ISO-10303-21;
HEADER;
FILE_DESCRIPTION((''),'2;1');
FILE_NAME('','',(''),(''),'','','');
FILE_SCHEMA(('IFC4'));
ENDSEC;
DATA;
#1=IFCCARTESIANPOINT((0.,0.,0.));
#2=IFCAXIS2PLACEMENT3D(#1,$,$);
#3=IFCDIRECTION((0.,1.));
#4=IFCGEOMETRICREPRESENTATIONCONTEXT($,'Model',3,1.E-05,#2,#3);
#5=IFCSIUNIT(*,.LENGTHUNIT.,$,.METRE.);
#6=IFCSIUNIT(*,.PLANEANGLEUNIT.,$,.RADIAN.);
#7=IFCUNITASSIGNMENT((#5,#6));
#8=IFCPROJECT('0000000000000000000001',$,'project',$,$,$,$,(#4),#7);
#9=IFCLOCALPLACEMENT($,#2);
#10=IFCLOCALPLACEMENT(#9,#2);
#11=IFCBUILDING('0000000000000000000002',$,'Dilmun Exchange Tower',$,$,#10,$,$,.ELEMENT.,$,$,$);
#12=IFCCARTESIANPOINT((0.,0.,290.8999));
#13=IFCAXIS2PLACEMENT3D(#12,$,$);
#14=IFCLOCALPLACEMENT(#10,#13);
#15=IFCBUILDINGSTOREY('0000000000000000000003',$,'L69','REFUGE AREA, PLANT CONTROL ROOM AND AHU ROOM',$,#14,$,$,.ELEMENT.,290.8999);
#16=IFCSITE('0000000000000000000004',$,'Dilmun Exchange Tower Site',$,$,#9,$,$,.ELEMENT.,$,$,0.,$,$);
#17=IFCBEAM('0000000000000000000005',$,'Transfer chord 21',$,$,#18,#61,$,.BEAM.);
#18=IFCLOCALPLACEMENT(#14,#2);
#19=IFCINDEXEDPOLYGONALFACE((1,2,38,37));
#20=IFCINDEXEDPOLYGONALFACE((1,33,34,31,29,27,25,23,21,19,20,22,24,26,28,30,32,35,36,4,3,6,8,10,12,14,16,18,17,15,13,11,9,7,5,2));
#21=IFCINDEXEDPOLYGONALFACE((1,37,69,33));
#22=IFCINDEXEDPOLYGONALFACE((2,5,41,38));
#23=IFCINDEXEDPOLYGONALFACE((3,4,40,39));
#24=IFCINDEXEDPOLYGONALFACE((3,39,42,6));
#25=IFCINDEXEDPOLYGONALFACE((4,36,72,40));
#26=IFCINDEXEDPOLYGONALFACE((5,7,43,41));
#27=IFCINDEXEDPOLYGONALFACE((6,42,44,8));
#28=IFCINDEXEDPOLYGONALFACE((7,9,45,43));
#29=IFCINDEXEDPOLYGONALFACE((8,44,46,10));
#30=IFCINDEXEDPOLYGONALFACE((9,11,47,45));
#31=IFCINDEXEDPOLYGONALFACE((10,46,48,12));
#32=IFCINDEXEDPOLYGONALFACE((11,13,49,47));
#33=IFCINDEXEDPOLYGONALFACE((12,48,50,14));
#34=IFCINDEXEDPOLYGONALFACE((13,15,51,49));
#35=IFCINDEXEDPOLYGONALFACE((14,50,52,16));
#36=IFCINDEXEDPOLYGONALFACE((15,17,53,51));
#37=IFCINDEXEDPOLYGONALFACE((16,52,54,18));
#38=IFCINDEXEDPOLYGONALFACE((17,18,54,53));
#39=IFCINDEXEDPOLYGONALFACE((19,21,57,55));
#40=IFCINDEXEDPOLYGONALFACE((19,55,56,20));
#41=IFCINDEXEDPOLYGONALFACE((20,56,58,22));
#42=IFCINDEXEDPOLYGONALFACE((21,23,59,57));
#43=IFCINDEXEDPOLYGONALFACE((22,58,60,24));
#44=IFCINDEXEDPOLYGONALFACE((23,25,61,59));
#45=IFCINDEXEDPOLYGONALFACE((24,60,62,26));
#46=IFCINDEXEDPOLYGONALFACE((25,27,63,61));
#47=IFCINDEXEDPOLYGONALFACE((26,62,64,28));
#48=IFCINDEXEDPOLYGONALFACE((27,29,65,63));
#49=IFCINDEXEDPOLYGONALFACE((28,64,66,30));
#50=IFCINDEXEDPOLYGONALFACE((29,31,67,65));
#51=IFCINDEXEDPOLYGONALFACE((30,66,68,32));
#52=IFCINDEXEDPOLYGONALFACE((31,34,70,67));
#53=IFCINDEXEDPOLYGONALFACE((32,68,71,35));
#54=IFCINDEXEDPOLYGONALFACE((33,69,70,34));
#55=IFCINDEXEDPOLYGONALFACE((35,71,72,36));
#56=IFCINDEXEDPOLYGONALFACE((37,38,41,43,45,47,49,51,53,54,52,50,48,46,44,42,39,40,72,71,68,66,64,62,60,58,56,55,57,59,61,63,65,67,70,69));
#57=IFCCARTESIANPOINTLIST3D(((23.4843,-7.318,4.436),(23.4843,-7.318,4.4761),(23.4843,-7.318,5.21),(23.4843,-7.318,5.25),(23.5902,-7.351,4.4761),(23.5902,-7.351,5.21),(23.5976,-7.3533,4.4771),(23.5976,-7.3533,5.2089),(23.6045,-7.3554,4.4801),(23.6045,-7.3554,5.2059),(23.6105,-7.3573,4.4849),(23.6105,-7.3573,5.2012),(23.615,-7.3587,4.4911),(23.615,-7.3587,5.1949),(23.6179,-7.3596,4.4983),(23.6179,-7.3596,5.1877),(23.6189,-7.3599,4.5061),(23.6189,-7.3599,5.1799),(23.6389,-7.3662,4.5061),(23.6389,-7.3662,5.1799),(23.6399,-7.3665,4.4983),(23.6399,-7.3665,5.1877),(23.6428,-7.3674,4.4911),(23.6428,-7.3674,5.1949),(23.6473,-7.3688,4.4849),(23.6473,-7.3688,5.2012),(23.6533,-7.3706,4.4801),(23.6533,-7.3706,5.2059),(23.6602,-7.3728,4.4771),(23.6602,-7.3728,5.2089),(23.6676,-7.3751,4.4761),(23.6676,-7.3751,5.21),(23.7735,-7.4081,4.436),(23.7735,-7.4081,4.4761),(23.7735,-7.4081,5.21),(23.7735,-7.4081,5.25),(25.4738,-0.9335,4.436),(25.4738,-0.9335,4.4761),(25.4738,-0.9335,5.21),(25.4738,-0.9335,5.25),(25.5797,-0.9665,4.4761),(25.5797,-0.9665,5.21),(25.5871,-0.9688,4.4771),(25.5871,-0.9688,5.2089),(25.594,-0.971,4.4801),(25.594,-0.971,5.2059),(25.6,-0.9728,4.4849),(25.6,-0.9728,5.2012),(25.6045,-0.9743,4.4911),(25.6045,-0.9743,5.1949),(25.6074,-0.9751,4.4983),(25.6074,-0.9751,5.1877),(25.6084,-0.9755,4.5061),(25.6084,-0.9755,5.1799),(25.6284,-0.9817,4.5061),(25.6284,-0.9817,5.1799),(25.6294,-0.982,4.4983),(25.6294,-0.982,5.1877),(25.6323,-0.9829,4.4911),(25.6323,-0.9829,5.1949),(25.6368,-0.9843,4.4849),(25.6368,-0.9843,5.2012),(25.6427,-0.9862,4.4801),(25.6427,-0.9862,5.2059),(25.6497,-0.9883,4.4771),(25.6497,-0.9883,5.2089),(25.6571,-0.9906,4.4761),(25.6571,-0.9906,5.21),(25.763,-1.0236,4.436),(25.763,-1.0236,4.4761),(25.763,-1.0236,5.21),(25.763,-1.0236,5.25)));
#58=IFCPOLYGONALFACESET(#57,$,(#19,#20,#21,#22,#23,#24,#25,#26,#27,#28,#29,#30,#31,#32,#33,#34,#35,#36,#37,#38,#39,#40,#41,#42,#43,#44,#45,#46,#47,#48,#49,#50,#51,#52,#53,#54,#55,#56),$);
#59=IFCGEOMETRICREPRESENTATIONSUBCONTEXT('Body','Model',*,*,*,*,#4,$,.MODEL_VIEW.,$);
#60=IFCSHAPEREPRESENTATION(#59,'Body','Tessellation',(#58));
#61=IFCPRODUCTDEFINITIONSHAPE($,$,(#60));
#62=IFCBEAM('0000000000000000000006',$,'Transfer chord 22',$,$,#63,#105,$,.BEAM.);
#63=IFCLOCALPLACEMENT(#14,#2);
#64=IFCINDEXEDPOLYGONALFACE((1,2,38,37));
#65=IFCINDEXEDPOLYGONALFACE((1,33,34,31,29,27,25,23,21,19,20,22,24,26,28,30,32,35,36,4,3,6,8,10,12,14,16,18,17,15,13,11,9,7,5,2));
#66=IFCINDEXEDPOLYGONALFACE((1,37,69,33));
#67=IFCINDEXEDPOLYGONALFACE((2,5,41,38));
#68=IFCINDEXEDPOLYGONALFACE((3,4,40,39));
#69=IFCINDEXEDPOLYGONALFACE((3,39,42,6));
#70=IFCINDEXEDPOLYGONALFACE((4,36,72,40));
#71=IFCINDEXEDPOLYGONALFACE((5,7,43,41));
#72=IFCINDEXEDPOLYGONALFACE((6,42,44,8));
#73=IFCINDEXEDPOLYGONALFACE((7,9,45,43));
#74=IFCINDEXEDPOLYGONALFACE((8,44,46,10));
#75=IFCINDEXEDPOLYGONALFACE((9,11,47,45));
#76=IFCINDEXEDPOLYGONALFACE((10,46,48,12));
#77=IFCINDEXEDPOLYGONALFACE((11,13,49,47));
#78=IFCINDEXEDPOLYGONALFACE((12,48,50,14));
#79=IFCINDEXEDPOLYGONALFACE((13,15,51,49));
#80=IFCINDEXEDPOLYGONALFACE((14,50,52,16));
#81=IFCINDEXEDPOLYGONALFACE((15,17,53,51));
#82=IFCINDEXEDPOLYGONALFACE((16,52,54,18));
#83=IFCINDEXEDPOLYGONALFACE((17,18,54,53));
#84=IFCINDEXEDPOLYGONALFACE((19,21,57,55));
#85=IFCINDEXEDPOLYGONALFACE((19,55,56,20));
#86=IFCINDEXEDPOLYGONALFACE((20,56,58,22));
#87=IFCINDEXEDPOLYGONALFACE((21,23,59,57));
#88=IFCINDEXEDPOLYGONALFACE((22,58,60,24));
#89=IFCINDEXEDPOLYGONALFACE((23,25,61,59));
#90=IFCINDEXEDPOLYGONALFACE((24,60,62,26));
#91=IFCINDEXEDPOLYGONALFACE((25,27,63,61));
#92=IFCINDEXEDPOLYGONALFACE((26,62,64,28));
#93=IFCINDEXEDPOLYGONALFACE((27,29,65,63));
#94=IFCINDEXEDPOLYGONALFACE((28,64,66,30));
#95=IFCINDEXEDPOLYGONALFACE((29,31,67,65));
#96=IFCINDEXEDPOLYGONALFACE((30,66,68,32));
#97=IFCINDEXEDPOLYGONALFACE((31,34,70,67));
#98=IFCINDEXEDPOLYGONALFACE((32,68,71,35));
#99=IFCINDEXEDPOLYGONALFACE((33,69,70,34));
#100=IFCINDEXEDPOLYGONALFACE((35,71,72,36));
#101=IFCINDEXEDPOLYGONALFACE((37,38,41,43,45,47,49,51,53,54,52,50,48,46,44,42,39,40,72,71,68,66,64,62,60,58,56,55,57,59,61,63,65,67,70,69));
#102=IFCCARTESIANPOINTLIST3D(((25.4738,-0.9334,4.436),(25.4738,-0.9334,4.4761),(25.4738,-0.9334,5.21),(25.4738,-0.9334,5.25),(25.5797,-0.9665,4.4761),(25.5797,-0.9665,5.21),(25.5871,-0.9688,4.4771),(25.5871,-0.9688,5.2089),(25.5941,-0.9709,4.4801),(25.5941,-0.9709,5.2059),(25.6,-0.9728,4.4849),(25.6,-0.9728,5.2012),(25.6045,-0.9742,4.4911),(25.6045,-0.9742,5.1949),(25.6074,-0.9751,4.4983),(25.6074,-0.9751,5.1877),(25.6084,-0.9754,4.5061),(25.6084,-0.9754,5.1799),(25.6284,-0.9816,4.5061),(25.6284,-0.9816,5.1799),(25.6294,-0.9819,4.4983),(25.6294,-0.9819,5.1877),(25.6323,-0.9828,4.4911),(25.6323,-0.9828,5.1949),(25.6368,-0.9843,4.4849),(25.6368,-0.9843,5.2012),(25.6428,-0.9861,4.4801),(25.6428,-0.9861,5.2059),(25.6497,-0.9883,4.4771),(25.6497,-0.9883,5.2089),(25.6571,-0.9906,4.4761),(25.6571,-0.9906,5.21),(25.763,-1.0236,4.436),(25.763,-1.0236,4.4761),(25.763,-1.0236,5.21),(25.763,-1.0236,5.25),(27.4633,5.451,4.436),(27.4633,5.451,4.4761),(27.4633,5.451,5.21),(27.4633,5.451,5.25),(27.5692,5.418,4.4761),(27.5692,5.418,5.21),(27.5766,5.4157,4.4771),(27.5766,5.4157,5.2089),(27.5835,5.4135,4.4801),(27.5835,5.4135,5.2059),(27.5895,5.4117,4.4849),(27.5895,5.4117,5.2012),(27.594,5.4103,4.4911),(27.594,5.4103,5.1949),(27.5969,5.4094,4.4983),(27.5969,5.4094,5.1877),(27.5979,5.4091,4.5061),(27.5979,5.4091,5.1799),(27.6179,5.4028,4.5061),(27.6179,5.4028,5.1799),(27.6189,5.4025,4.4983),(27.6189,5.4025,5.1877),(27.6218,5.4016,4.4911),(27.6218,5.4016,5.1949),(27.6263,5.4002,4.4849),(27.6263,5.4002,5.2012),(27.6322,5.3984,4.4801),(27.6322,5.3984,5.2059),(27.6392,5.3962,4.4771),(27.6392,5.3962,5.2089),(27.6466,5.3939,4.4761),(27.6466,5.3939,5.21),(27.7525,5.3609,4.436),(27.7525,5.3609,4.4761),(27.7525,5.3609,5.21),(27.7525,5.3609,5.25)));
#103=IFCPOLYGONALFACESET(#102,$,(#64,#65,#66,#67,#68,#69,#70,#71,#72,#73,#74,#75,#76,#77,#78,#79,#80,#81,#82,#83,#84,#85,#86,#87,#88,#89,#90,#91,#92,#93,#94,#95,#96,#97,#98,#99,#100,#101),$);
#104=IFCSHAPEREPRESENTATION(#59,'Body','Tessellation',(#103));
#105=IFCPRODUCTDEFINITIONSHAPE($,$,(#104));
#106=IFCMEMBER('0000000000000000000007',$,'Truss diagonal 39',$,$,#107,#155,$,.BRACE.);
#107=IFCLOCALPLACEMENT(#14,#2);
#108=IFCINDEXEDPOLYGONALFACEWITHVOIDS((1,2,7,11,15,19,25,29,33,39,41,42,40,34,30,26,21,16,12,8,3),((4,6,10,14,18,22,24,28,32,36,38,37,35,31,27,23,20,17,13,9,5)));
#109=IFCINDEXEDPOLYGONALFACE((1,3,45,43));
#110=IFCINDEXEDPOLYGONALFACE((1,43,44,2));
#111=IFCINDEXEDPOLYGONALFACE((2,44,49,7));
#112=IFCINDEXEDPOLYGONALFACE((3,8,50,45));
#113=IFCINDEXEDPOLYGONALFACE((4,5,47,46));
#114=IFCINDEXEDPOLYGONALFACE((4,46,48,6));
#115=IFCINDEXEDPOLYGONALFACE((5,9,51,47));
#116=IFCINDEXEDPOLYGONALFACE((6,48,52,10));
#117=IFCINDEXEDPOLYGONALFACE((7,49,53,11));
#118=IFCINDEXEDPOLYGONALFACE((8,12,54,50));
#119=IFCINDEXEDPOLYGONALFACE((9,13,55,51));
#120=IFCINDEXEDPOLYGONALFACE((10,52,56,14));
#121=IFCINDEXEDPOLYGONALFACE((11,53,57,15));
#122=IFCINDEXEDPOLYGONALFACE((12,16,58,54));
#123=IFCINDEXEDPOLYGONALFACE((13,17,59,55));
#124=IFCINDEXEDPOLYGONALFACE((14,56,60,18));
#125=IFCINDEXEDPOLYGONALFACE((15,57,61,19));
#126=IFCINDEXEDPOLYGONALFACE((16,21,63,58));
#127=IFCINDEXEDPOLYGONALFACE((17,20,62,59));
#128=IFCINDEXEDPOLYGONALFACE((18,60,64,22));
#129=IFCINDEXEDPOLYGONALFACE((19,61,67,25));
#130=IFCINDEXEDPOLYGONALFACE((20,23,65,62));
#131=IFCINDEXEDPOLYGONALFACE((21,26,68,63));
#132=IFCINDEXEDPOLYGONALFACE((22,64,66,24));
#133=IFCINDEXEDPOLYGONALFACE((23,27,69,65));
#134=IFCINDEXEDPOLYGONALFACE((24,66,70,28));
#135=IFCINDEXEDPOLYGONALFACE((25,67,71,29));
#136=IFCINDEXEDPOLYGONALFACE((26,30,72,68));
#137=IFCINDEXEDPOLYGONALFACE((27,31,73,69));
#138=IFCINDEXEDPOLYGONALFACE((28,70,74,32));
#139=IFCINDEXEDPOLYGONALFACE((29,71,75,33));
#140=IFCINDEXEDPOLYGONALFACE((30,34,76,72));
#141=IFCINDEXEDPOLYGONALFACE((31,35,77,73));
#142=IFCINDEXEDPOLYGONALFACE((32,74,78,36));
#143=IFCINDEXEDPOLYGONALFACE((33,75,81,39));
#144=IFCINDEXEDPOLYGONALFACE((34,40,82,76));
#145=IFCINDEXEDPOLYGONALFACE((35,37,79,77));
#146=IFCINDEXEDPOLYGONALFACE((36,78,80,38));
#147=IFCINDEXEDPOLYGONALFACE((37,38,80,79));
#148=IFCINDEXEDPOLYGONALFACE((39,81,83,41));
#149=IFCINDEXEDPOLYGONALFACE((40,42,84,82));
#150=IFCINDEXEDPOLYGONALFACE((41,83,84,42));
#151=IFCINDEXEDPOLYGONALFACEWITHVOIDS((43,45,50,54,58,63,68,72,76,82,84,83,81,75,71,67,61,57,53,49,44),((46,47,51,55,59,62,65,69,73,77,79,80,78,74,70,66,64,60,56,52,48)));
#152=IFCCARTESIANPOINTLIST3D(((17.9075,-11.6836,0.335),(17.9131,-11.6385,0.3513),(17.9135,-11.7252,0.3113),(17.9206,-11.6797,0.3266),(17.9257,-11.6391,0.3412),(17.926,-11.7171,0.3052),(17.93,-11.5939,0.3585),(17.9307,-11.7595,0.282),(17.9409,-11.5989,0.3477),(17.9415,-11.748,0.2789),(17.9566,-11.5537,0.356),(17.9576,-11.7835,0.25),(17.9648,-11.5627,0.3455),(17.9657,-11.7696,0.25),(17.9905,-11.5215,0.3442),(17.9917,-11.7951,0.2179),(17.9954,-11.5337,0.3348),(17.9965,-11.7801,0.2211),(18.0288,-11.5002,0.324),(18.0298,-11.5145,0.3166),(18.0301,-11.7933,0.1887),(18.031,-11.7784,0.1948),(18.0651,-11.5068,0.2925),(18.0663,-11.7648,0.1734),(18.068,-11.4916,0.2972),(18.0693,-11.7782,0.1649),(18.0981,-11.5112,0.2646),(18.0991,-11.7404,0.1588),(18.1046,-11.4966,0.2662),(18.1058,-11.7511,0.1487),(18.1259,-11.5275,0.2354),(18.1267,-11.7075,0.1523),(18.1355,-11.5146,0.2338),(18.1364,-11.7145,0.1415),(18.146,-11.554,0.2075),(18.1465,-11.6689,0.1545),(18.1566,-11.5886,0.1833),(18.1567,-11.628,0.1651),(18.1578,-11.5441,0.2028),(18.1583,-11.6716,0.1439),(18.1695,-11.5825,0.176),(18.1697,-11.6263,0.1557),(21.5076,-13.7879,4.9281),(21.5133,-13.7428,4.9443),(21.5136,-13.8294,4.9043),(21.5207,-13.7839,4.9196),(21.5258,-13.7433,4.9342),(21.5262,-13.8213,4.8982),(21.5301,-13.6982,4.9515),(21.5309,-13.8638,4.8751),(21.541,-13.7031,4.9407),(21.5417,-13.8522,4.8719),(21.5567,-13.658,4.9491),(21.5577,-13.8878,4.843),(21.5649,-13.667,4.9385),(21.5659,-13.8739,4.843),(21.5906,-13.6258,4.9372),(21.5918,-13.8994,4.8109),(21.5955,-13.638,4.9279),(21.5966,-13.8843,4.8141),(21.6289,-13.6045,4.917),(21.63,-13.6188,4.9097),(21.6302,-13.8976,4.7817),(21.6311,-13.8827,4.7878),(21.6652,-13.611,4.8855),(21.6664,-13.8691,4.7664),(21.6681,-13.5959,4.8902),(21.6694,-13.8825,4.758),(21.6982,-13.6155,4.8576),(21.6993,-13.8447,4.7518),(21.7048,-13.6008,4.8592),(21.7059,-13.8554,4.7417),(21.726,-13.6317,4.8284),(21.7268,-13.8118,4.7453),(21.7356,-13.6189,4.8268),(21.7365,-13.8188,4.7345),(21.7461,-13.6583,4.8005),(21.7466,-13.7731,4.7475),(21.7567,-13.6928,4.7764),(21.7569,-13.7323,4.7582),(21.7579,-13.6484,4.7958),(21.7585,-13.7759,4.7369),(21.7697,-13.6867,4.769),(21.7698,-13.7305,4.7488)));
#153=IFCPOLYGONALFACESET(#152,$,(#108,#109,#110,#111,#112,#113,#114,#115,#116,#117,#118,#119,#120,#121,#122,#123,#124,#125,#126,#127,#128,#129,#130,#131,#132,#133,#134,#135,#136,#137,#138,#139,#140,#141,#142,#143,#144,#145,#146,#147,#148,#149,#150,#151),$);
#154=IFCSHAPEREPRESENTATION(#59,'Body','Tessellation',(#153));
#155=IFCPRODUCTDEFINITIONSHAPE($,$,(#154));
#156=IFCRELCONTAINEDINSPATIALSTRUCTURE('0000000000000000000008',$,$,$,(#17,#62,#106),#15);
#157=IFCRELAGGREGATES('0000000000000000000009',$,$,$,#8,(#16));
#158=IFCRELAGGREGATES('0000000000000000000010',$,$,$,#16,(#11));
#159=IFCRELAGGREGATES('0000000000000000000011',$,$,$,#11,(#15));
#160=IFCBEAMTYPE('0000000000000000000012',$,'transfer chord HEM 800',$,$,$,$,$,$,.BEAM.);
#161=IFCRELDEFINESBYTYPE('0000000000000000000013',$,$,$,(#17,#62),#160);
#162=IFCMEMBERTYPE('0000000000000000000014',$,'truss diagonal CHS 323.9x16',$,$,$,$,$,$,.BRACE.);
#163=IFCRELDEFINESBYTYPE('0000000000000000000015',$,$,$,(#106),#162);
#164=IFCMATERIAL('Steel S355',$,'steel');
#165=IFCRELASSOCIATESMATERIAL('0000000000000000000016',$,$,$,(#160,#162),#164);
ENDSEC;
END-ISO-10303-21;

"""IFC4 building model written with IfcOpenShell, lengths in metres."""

from ifc_helpers import new_model, si_unit, direction, frame, origin, origin_2d, place, context, subcontext, project, spatial, hollow_circle, i_section, extrude, material, material_profile, profile_set, type_object, element, save


model = new_model("IFC4")

# Units and contexts
model_context = context("Model", 3, precision=1e-05, world=origin(), true_north=direction((0.0, 1.0)))
body_context = subcontext(model_context, "Body", "Model", "MODEL_VIEW")
ifc_project = project(units=[si_unit("LENGTHUNIT", "METRE"), si_unit("PLANEANGLEUNIT", "RADIAN")], contexts=[model_context])

# Site, building, storey
site_placement = place(None, origin())
site = spatial("IfcSite", under=ifc_project, at=site_placement, Name="Dilmun Exchange Tower Site", CompositionType="ELEMENT", RefElevation=0.0)
building_placement = place(site_placement, origin())
building = spatial("IfcBuilding", under=site, at=building_placement, Name="Dilmun Exchange Tower", CompositionType="ELEMENT")
storey_placement = place(building_placement, frame((0.0, 0.0, 290.8999)))
storey = spatial("IfcBuildingStorey", under=building, at=storey_placement, Name="L69", Description="REFUGE AREA, PLANT CONTROL ROOM AND AHU ROOM", CompositionType="ELEMENT", Elevation=290.8999)

# Beams
ifc_material_1 = material(Name="Steel S355", Category="steel")
ifc_material_profile_1 = material_profile(ifc_material_1, i_section(OverallWidth=0.303, OverallDepth=0.814, WebThickness=0.021, FlangeThickness=0.04, FilletRadius=0.03, at=origin_2d()), Name="HEM 800")
ifc_profile_set_1 = profile_set([ifc_material_profile_1], Name="Steel S355")
beam_type_1 = type_object("IfcBeamType", Name="transfer chord HEM 800", PredefinedType="BEAM", material=ifc_profile_set_1)
for number, where, z_axis, x_axis, name in (
    (1, (23.6289, -7.363, 4.843), (0.297504, 0.954721, 0.0), (-0.954721, 0.297504, 0.0), "Transfer chord 21"),
    (2, (25.6184, -0.9785, 4.843), (0.297504, 0.954721, 0.0), (-0.954721, 0.297504, 0.0), "Transfer chord 22"),
):
    element("IfcBeam", number, at=place(storey_placement, frame(where, z_axis=z_axis, x_axis=x_axis)), inside=storey, type_object=beam_type_1, Name=name, PredefinedType="BEAM", context=body_context, shape_type="SweptSolid", body=[
        extrude(i_section(OverallWidth=0.303, OverallDepth=0.814, WebThickness=0.021, FlangeThickness=0.04, FilletRadius=0.03, at=origin_2d()), origin(), (0.0, 0.0, 1.0), 6.6873),
    ])

# Member
ifc_material_profile_2 = material_profile(ifc_material_1, hollow_circle(Radius=0.1619, WallThickness=0.0161, at=origin_2d()), Name="CHS 323.9x16")
ifc_profile_set_2 = profile_set([ifc_material_profile_2], Name="Steel S355")
member_type = type_object("IfcMemberType", Name="truss diagonal CHS 323.9x16", PredefinedType="BRACE", material=ifc_profile_set_2)
member_1_placement = place(storey_placement, frame((21.6394, -13.748, 4.843), z_axis=(-0.580326, 0.339199, -0.740382), x_axis=(-0.504621, -0.863341, 0.0)))
element("IfcMember", 3, at=member_1_placement, inside=storey, type_object=member_type, Name="Truss diagonal 39", PredefinedType="BRACE", context=body_context, shape_type="SweptSolid", body=[
    extrude(hollow_circle(Radius=0.1619, WallThickness=0.0161, at=origin_2d()), origin(), (0.0, 0.0, 1.0), 6.2036),
])

save(model, "model.ifc")
